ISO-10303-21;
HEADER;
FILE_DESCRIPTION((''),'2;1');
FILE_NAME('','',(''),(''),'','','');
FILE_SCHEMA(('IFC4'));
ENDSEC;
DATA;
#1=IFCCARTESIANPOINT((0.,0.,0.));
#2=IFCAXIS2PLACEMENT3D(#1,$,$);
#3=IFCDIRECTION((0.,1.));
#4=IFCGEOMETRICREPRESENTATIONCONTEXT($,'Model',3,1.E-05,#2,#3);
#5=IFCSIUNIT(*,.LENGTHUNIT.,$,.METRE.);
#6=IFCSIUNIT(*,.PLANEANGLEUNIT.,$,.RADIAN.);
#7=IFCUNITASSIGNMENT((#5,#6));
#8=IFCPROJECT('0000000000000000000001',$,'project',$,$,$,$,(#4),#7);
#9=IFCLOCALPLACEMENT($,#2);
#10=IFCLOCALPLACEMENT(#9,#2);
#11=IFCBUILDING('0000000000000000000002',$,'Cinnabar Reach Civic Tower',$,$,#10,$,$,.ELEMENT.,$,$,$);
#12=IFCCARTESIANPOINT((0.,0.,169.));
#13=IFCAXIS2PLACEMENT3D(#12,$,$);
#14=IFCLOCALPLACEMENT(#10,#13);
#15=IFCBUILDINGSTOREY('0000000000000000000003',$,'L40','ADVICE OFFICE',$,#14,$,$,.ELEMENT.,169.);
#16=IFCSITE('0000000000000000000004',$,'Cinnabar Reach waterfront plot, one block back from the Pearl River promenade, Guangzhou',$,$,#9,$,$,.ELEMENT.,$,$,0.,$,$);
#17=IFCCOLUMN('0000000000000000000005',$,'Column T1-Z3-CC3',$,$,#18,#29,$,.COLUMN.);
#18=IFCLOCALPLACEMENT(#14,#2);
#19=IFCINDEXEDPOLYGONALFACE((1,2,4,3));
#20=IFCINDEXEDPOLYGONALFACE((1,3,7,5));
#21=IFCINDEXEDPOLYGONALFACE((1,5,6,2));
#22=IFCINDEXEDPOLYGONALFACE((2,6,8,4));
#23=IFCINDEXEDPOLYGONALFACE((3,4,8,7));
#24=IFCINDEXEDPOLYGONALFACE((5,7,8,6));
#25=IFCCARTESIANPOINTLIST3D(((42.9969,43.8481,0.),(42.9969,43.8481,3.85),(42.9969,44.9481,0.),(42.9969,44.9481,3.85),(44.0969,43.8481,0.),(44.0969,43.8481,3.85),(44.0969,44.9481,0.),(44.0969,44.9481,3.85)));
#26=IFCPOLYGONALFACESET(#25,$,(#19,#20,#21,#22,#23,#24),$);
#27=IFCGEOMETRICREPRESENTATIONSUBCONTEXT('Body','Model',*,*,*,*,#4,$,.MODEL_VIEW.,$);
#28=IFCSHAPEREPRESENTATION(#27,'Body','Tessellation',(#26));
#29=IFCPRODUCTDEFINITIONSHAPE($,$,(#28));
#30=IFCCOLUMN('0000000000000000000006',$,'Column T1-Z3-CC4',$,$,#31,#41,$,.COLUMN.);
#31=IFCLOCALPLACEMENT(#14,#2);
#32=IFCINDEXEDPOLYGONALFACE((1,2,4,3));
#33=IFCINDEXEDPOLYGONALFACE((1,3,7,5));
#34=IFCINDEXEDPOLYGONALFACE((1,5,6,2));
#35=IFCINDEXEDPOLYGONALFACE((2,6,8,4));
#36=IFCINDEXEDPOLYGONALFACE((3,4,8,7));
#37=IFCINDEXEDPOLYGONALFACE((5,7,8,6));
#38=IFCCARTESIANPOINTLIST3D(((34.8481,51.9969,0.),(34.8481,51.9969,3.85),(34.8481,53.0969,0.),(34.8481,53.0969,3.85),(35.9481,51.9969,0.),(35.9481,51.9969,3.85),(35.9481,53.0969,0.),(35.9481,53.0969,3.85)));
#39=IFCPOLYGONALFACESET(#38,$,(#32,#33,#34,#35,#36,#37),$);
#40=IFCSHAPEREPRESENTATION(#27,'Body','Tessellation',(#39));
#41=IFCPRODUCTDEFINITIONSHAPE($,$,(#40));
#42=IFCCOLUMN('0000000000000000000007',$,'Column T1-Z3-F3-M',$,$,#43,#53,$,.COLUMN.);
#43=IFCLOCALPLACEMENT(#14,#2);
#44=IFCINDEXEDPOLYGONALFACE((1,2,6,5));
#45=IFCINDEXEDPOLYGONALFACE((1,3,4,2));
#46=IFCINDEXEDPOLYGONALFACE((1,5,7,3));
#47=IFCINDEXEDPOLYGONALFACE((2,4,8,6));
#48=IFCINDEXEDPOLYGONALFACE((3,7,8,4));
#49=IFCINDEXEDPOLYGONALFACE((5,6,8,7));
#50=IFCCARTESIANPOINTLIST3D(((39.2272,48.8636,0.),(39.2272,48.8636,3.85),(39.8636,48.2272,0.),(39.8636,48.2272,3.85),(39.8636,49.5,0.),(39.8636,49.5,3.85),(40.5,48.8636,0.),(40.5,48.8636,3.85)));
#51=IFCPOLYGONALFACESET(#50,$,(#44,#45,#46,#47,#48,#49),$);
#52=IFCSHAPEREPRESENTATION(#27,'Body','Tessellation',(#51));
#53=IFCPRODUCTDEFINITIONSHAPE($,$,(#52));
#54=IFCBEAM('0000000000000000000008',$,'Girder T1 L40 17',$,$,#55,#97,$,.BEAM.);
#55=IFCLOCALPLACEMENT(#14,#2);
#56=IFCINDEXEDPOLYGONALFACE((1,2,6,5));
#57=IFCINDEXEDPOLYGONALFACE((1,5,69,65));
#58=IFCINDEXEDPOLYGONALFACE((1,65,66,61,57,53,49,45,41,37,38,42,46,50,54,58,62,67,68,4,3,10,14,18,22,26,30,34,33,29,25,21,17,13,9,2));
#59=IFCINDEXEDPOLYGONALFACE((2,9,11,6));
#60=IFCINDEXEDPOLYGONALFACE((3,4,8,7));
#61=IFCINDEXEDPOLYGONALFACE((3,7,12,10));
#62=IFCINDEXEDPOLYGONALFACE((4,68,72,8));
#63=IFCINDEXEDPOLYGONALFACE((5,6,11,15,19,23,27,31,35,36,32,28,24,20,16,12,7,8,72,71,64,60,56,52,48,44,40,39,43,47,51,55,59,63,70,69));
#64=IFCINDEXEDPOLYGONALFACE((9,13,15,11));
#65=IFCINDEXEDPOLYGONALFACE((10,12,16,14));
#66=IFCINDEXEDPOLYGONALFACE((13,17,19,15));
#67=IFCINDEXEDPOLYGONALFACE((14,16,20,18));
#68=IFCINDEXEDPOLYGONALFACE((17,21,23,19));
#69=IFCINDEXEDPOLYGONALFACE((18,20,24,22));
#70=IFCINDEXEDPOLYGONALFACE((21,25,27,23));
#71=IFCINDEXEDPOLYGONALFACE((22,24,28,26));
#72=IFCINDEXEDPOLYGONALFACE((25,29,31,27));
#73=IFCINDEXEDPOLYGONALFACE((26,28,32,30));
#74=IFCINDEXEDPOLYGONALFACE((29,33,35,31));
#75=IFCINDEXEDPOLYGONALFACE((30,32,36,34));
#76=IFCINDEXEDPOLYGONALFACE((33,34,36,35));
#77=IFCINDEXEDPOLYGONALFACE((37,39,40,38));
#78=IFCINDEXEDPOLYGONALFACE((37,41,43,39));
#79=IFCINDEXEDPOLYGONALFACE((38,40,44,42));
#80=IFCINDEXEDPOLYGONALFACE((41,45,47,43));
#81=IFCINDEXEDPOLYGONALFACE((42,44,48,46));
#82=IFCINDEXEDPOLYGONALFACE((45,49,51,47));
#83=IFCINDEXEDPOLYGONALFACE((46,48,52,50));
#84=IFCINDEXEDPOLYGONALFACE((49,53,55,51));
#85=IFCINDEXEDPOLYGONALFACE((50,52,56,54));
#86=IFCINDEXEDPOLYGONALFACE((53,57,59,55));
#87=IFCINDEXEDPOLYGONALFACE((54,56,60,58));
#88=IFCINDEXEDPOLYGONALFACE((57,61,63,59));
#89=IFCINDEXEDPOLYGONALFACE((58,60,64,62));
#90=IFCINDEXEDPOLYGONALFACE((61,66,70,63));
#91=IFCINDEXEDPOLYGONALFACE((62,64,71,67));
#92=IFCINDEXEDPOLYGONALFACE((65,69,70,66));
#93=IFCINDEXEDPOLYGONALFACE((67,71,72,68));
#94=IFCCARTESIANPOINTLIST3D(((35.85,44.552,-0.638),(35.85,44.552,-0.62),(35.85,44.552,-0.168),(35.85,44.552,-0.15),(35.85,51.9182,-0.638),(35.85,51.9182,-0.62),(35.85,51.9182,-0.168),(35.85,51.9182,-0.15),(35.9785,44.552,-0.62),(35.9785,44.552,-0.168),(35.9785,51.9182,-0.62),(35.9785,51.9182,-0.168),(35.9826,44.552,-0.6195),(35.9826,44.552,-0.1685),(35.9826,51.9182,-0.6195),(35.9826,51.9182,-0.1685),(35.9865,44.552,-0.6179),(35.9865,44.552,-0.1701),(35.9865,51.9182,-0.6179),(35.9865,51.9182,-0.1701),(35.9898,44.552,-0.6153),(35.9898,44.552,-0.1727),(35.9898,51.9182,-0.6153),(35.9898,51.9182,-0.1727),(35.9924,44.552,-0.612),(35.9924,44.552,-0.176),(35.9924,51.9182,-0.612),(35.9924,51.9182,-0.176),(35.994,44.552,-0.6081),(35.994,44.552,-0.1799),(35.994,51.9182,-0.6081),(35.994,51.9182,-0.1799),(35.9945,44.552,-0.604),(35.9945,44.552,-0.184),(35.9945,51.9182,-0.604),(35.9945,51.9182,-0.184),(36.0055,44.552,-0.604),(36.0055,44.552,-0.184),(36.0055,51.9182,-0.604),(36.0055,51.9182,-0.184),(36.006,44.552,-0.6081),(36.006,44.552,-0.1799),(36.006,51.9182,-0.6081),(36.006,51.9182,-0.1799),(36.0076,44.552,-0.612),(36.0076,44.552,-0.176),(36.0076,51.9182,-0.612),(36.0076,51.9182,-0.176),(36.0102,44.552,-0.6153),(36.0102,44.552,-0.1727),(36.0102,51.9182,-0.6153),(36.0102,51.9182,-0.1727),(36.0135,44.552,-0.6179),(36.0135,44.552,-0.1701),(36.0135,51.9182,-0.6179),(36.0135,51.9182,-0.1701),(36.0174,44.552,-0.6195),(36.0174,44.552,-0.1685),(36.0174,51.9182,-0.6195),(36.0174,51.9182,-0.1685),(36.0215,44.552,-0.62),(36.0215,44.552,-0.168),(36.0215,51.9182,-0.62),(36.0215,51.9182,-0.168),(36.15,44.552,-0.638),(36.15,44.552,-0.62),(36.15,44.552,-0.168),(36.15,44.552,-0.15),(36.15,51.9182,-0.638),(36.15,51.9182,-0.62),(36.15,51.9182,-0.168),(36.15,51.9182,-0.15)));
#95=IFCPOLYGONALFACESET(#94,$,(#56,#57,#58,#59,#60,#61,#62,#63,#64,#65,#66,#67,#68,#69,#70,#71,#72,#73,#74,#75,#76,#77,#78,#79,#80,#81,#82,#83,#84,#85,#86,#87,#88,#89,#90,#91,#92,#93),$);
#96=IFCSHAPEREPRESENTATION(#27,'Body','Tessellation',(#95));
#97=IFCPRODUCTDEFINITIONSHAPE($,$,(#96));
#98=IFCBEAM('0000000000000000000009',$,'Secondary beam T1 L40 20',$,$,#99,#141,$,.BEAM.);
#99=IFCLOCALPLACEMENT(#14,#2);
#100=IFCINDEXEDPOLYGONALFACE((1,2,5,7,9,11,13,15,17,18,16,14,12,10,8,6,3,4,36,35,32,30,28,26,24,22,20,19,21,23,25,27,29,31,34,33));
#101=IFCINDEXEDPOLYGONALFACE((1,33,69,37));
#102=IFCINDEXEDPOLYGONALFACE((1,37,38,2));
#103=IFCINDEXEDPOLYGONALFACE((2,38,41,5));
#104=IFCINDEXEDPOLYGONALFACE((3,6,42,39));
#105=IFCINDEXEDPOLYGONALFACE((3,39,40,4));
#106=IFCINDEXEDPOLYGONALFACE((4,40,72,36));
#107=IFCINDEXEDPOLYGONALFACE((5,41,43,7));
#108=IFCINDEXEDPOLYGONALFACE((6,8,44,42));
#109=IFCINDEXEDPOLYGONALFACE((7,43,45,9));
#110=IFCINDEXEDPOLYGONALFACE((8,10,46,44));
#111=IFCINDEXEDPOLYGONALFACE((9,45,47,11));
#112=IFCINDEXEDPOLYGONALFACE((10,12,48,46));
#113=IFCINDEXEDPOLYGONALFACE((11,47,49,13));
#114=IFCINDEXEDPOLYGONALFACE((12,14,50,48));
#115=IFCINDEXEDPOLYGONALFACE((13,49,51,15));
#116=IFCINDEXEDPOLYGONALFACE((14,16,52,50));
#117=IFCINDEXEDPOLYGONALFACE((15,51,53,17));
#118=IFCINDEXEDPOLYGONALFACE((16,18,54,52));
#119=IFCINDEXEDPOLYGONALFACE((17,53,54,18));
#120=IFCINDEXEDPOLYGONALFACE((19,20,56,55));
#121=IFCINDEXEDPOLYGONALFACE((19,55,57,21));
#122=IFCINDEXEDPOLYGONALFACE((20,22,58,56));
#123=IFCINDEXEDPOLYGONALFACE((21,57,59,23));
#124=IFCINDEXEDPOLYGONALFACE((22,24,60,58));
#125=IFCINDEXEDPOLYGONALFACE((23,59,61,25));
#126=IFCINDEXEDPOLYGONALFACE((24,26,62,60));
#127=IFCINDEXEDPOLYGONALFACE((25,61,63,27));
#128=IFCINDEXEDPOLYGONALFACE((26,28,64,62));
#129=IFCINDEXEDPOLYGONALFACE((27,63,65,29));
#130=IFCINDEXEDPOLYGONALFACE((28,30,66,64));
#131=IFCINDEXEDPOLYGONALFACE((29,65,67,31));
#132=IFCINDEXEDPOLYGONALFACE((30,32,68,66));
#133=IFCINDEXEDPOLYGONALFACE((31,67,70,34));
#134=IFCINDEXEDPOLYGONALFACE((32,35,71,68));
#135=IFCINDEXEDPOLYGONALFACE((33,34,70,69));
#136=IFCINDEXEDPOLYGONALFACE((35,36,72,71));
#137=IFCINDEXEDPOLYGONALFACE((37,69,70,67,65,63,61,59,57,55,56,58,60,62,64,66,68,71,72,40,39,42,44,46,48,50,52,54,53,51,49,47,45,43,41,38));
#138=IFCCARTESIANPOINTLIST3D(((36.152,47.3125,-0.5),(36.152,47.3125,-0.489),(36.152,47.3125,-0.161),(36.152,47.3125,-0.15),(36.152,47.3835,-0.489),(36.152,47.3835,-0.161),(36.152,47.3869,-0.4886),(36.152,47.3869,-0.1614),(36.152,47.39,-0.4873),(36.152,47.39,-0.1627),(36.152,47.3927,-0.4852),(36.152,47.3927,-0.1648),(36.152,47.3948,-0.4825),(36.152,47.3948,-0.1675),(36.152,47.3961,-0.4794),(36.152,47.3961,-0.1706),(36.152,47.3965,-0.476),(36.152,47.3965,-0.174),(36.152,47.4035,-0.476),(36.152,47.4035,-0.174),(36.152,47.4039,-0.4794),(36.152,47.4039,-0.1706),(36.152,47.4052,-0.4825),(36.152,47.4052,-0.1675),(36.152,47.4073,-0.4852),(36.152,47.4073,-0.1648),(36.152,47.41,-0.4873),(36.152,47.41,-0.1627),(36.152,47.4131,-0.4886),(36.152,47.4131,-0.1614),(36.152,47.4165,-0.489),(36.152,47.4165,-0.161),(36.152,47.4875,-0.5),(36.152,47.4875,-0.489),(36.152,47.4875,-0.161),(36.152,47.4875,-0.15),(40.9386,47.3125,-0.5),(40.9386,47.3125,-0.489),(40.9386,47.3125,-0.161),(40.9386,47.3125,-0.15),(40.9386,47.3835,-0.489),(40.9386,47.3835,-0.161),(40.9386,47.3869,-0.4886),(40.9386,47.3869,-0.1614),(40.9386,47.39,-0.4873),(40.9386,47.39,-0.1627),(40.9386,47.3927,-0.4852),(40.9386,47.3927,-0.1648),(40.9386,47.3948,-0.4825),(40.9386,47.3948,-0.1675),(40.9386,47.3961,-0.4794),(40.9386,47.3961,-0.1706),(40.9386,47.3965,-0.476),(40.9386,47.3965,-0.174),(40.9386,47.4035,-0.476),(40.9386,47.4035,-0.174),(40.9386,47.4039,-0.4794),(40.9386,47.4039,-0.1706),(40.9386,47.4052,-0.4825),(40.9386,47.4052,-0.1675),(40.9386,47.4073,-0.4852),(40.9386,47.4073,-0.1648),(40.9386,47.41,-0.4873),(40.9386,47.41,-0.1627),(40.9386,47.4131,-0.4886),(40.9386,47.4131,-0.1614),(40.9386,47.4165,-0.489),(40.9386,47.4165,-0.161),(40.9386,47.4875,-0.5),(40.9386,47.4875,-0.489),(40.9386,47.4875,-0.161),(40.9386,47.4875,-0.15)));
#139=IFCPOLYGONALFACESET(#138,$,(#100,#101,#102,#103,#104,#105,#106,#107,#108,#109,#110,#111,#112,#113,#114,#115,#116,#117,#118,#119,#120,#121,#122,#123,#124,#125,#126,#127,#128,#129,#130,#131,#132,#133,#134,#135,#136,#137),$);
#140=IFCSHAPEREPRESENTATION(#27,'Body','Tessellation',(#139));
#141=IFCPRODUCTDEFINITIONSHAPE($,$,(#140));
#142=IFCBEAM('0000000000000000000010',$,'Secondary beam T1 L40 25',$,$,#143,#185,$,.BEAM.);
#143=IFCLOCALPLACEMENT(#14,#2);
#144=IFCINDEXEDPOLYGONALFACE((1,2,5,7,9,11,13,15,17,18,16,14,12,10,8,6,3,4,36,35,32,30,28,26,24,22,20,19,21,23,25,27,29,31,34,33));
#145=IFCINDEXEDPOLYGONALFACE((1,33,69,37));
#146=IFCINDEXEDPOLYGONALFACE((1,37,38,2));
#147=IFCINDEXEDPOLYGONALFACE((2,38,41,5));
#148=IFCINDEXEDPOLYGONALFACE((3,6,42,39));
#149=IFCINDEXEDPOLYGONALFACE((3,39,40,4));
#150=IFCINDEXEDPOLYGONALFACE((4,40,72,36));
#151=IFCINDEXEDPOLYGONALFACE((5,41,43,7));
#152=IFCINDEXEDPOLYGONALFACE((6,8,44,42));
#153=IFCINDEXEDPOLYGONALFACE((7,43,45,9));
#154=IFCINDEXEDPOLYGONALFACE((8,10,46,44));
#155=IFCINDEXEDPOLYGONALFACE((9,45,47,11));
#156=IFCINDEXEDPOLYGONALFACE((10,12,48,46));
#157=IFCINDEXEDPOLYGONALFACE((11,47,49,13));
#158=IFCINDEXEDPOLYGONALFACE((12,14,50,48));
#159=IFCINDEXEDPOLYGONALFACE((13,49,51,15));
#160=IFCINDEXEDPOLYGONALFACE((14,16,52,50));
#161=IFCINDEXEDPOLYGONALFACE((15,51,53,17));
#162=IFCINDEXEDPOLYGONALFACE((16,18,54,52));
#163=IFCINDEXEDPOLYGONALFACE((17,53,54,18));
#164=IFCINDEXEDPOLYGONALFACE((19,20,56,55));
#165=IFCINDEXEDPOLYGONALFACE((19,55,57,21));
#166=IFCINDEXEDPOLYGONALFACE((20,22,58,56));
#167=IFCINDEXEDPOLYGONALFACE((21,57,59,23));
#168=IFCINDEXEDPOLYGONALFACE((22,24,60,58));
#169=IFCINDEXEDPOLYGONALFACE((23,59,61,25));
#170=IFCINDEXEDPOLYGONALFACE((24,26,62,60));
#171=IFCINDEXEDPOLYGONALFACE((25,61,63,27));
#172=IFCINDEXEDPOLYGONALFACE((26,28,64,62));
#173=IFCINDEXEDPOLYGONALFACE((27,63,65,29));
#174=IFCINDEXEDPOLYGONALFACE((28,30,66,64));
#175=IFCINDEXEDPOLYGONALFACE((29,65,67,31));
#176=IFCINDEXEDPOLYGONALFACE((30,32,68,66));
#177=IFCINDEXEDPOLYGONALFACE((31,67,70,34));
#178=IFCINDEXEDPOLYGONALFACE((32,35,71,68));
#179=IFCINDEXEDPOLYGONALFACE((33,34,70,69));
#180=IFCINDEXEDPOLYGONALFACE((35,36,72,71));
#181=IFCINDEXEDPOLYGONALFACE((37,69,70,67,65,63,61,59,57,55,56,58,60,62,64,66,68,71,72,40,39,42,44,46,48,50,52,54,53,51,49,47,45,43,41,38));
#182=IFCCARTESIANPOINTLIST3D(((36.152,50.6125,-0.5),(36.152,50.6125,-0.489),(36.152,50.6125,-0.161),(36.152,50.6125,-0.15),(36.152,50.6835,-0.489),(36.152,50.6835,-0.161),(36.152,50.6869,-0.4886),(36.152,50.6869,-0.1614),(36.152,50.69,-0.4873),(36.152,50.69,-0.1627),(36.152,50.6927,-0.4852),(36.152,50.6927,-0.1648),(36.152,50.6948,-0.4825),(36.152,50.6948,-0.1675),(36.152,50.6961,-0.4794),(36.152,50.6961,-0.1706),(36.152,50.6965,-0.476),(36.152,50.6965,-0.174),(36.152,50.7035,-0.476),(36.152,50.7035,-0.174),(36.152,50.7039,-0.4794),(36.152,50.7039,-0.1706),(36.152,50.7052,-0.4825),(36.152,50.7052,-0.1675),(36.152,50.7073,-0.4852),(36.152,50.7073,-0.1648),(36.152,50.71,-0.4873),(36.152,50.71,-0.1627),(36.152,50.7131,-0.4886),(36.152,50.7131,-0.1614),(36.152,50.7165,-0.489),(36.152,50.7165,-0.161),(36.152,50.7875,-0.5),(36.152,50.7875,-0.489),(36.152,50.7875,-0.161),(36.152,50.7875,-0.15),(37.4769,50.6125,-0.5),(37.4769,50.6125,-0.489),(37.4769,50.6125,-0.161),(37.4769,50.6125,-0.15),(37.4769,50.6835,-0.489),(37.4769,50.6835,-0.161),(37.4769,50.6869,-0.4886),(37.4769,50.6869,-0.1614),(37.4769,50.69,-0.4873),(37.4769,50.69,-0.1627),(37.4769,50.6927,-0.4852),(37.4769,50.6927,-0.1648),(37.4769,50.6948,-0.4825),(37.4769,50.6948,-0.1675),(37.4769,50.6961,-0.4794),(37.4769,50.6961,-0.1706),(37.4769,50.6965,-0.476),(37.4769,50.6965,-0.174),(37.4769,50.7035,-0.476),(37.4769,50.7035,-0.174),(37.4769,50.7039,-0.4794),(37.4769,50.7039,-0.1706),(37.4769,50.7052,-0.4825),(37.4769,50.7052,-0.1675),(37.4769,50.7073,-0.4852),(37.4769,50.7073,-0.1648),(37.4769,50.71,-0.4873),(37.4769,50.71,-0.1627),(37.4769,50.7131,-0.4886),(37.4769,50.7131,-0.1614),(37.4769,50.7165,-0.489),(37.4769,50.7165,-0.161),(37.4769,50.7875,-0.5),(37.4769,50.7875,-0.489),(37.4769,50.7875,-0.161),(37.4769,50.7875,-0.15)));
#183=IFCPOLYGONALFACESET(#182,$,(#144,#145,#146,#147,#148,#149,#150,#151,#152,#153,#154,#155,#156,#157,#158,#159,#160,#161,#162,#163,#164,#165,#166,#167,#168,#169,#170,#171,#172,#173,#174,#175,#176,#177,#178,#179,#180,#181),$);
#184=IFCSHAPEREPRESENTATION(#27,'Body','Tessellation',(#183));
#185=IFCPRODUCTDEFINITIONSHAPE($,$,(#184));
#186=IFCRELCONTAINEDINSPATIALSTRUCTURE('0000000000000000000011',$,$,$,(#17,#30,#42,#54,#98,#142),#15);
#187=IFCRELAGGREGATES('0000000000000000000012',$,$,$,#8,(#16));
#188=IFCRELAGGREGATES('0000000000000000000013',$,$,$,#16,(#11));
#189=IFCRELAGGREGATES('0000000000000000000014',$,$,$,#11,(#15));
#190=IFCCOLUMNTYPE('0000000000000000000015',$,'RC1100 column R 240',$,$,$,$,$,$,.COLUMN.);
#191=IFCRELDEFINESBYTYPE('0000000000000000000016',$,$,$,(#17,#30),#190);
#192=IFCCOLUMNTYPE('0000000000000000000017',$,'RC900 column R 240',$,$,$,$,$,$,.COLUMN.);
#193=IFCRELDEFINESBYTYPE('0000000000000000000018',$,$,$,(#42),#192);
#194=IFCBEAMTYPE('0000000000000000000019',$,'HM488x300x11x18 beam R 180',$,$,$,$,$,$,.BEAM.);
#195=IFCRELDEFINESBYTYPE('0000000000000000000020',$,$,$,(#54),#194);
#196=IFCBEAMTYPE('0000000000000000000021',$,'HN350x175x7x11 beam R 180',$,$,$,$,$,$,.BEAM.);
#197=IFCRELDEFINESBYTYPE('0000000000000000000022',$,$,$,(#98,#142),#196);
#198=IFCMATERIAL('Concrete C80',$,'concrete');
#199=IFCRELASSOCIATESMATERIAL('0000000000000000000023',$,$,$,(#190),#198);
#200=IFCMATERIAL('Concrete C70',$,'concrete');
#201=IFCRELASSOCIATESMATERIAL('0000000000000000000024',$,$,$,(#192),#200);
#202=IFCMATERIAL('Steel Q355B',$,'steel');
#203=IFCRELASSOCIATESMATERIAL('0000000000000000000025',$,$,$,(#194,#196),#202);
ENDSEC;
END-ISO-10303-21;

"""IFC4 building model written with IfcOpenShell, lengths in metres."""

from ifc_helpers import new_model, si_unit, direction, frame, origin, origin_2d, place, context, subcontext, project, spatial, rectangle, i_section, extrude, material, material_profile, profile_set, type_object, element, save


model = new_model("IFC4")

# Units and contexts
model_context = context("Model", 3, precision=1e-05, world=origin(), true_north=direction((0.0, 1.0)))
body_context = subcontext(model_context, "Body", "Model", "MODEL_VIEW")
ifc_project = project(units=[si_unit("LENGTHUNIT", "METRE"), si_unit("PLANEANGLEUNIT", "RADIAN")], contexts=[model_context])

# Site, building, storey
site_placement = place(None, origin())
site = spatial("IfcSite", under=ifc_project, at=site_placement, Name="Cinnabar Reach waterfront plot, one block back from the Pearl River promenade, Guangzhou", CompositionType="ELEMENT", RefElevation=0.0)
building_placement = place(site_placement, origin())
building = spatial("IfcBuilding", under=site, at=building_placement, Name="Cinnabar Reach Civic Tower", CompositionType="ELEMENT")
storey_placement = place(building_placement, frame((0.0, 0.0, 169.0)))
storey = spatial("IfcBuildingStorey", under=building, at=storey_placement, Name="L40", Description="ADVICE OFFICE", CompositionType="ELEMENT", Elevation=169.0)

# Columns
ifc_material_1 = material(Name="Concrete C80", Category="concrete")
ifc_material_profile_1 = material_profile(ifc_material_1, rectangle(XDim=1.1, YDim=1.1, at=origin_2d()), Name="RC1100")
ifc_profile_set_1 = profile_set([ifc_material_profile_1], Name="Concrete C80")
column_type_1 = type_object("IfcColumnType", Name="RC1100 column R 240", PredefinedType="COLUMN", material=ifc_profile_set_1)
for number, where, z_axis, x_axis, name in (
    (1, (43.5469, 44.3981, 0.0), (0.0, 0.0, 1.0), (1.0, 0.0, 0.0), "Column T1-Z3-CC3"),
    (2, (35.3981, 52.5469, 0.0), (0.0, 0.0, 1.0), (1.0, 0.0, 0.0), "Column T1-Z3-CC4"),
):
    element("IfcColumn", number, at=place(storey_placement, frame(where, z_axis=z_axis, x_axis=x_axis)), inside=storey, type_object=column_type_1, Name=name, PredefinedType="COLUMN", context=body_context, shape_type="SweptSolid", body=[
        extrude(rectangle(XDim=1.1, YDim=1.1, at=origin_2d()), origin(), (0.0, 0.0, 1.0), 3.85),
    ])
ifc_material_2 = material(Name="Concrete C70", Category="concrete")
ifc_material_profile_2 = material_profile(ifc_material_2, rectangle(XDim=0.9, YDim=0.9, at=origin_2d()), Name="RC900")
ifc_profile_set_2 = profile_set([ifc_material_profile_2], Name="Concrete C70")
column_type_2 = type_object("IfcColumnType", Name="RC900 column R 240", PredefinedType="COLUMN", material=ifc_profile_set_2)
column_placement = place(storey_placement, frame((39.8636, 48.8636, 0.0), z_axis=(0.0, 0.0, 1.0), x_axis=(0.707107, 0.707107, 0.0)))
element("IfcColumn", 3, at=column_placement, inside=storey, type_object=column_type_2, Name="Column T1-Z3-F3-M", PredefinedType="COLUMN", context=body_context, shape_type="SweptSolid", body=[
    extrude(rectangle(XDim=0.9, YDim=0.9, at=origin_2d()), origin(), (0.0, 0.0, 1.0), 3.85),
])

# Beams
ifc_material_3 = material(Name="Steel Q355B", Category="steel")
ifc_material_profile_3 = material_profile(ifc_material_3, i_section(OverallWidth=0.3, OverallDepth=0.488, WebThickness=0.011, FlangeThickness=0.018, FilletRadius=0.016, at=origin_2d()), Name="HM488x300x11x18")
ifc_profile_set_3 = profile_set([ifc_material_profile_3], Name="Steel Q355B")
beam_type_1 = type_object("IfcBeamType", Name="HM488x300x11x18 beam R 180", PredefinedType="BEAM", material=ifc_profile_set_3)
beam_1_placement = place(storey_placement, frame((36.0, 44.552, -0.394), z_axis=(0.0, 1.0, 0.0), x_axis=(-1.0, 0.0, 0.0)))
element("IfcBeam", 4, at=beam_1_placement, inside=storey, type_object=beam_type_1, Name="Girder T1 L40 17", PredefinedType="BEAM", context=body_context, shape_type="SweptSolid", body=[
    extrude(i_section(OverallWidth=0.3, OverallDepth=0.488, WebThickness=0.011, FlangeThickness=0.018, FilletRadius=0.016, at=origin_2d()), origin(), (0.0, 0.0, 1.0), 7.3662),
])
ifc_material_profile_4 = material_profile(ifc_material_3, i_section(OverallWidth=0.175, OverallDepth=0.35, WebThickness=0.007, FlangeThickness=0.011, FilletRadius=0.013, at=origin_2d()), Name="HN350x175x7x11")
ifc_profile_set_4 = profile_set([ifc_material_profile_4], Name="Steel Q355B")
beam_type_2 = type_object("IfcBeamType", Name="HN350x175x7x11 beam R 180", PredefinedType="BEAM", material=ifc_profile_set_4)
beam_2_placement = place(storey_placement, frame((36.152, 47.4, -0.325), z_axis=(1.0, 0.0, 0.0), x_axis=(0.0, 1.0, 0.0)))
element("IfcBeam", 5, at=beam_2_placement, inside=storey, type_object=beam_type_2, Name="Secondary beam T1 L40 20", PredefinedType="BEAM", context=body_context, shape_type="SweptSolid", body=[
    extrude(i_section(OverallWidth=0.175, OverallDepth=0.35, WebThickness=0.007, FlangeThickness=0.011, FilletRadius=0.013, at=origin_2d()), origin(), (0.0, 0.0, 1.0), 4.7866),
])
beam_3_placement = place(storey_placement, frame((36.152, 50.7, -0.325), z_axis=(1.0, 0.0, 0.0), x_axis=(0.0, 1.0, 0.0)))
element("IfcBeam", 6, at=beam_3_placement, inside=storey, type_object=beam_type_2, Name="Secondary beam T1 L40 25", PredefinedType="BEAM", context=body_context, shape_type="SweptSolid", body=[
    extrude(i_section(OverallWidth=0.175, OverallDepth=0.35, WebThickness=0.007, FlangeThickness=0.011, FilletRadius=0.013, at=origin_2d()), origin(), (0.0, 0.0, 1.0), 1.3249),
])

save(model, "model.ifc")
